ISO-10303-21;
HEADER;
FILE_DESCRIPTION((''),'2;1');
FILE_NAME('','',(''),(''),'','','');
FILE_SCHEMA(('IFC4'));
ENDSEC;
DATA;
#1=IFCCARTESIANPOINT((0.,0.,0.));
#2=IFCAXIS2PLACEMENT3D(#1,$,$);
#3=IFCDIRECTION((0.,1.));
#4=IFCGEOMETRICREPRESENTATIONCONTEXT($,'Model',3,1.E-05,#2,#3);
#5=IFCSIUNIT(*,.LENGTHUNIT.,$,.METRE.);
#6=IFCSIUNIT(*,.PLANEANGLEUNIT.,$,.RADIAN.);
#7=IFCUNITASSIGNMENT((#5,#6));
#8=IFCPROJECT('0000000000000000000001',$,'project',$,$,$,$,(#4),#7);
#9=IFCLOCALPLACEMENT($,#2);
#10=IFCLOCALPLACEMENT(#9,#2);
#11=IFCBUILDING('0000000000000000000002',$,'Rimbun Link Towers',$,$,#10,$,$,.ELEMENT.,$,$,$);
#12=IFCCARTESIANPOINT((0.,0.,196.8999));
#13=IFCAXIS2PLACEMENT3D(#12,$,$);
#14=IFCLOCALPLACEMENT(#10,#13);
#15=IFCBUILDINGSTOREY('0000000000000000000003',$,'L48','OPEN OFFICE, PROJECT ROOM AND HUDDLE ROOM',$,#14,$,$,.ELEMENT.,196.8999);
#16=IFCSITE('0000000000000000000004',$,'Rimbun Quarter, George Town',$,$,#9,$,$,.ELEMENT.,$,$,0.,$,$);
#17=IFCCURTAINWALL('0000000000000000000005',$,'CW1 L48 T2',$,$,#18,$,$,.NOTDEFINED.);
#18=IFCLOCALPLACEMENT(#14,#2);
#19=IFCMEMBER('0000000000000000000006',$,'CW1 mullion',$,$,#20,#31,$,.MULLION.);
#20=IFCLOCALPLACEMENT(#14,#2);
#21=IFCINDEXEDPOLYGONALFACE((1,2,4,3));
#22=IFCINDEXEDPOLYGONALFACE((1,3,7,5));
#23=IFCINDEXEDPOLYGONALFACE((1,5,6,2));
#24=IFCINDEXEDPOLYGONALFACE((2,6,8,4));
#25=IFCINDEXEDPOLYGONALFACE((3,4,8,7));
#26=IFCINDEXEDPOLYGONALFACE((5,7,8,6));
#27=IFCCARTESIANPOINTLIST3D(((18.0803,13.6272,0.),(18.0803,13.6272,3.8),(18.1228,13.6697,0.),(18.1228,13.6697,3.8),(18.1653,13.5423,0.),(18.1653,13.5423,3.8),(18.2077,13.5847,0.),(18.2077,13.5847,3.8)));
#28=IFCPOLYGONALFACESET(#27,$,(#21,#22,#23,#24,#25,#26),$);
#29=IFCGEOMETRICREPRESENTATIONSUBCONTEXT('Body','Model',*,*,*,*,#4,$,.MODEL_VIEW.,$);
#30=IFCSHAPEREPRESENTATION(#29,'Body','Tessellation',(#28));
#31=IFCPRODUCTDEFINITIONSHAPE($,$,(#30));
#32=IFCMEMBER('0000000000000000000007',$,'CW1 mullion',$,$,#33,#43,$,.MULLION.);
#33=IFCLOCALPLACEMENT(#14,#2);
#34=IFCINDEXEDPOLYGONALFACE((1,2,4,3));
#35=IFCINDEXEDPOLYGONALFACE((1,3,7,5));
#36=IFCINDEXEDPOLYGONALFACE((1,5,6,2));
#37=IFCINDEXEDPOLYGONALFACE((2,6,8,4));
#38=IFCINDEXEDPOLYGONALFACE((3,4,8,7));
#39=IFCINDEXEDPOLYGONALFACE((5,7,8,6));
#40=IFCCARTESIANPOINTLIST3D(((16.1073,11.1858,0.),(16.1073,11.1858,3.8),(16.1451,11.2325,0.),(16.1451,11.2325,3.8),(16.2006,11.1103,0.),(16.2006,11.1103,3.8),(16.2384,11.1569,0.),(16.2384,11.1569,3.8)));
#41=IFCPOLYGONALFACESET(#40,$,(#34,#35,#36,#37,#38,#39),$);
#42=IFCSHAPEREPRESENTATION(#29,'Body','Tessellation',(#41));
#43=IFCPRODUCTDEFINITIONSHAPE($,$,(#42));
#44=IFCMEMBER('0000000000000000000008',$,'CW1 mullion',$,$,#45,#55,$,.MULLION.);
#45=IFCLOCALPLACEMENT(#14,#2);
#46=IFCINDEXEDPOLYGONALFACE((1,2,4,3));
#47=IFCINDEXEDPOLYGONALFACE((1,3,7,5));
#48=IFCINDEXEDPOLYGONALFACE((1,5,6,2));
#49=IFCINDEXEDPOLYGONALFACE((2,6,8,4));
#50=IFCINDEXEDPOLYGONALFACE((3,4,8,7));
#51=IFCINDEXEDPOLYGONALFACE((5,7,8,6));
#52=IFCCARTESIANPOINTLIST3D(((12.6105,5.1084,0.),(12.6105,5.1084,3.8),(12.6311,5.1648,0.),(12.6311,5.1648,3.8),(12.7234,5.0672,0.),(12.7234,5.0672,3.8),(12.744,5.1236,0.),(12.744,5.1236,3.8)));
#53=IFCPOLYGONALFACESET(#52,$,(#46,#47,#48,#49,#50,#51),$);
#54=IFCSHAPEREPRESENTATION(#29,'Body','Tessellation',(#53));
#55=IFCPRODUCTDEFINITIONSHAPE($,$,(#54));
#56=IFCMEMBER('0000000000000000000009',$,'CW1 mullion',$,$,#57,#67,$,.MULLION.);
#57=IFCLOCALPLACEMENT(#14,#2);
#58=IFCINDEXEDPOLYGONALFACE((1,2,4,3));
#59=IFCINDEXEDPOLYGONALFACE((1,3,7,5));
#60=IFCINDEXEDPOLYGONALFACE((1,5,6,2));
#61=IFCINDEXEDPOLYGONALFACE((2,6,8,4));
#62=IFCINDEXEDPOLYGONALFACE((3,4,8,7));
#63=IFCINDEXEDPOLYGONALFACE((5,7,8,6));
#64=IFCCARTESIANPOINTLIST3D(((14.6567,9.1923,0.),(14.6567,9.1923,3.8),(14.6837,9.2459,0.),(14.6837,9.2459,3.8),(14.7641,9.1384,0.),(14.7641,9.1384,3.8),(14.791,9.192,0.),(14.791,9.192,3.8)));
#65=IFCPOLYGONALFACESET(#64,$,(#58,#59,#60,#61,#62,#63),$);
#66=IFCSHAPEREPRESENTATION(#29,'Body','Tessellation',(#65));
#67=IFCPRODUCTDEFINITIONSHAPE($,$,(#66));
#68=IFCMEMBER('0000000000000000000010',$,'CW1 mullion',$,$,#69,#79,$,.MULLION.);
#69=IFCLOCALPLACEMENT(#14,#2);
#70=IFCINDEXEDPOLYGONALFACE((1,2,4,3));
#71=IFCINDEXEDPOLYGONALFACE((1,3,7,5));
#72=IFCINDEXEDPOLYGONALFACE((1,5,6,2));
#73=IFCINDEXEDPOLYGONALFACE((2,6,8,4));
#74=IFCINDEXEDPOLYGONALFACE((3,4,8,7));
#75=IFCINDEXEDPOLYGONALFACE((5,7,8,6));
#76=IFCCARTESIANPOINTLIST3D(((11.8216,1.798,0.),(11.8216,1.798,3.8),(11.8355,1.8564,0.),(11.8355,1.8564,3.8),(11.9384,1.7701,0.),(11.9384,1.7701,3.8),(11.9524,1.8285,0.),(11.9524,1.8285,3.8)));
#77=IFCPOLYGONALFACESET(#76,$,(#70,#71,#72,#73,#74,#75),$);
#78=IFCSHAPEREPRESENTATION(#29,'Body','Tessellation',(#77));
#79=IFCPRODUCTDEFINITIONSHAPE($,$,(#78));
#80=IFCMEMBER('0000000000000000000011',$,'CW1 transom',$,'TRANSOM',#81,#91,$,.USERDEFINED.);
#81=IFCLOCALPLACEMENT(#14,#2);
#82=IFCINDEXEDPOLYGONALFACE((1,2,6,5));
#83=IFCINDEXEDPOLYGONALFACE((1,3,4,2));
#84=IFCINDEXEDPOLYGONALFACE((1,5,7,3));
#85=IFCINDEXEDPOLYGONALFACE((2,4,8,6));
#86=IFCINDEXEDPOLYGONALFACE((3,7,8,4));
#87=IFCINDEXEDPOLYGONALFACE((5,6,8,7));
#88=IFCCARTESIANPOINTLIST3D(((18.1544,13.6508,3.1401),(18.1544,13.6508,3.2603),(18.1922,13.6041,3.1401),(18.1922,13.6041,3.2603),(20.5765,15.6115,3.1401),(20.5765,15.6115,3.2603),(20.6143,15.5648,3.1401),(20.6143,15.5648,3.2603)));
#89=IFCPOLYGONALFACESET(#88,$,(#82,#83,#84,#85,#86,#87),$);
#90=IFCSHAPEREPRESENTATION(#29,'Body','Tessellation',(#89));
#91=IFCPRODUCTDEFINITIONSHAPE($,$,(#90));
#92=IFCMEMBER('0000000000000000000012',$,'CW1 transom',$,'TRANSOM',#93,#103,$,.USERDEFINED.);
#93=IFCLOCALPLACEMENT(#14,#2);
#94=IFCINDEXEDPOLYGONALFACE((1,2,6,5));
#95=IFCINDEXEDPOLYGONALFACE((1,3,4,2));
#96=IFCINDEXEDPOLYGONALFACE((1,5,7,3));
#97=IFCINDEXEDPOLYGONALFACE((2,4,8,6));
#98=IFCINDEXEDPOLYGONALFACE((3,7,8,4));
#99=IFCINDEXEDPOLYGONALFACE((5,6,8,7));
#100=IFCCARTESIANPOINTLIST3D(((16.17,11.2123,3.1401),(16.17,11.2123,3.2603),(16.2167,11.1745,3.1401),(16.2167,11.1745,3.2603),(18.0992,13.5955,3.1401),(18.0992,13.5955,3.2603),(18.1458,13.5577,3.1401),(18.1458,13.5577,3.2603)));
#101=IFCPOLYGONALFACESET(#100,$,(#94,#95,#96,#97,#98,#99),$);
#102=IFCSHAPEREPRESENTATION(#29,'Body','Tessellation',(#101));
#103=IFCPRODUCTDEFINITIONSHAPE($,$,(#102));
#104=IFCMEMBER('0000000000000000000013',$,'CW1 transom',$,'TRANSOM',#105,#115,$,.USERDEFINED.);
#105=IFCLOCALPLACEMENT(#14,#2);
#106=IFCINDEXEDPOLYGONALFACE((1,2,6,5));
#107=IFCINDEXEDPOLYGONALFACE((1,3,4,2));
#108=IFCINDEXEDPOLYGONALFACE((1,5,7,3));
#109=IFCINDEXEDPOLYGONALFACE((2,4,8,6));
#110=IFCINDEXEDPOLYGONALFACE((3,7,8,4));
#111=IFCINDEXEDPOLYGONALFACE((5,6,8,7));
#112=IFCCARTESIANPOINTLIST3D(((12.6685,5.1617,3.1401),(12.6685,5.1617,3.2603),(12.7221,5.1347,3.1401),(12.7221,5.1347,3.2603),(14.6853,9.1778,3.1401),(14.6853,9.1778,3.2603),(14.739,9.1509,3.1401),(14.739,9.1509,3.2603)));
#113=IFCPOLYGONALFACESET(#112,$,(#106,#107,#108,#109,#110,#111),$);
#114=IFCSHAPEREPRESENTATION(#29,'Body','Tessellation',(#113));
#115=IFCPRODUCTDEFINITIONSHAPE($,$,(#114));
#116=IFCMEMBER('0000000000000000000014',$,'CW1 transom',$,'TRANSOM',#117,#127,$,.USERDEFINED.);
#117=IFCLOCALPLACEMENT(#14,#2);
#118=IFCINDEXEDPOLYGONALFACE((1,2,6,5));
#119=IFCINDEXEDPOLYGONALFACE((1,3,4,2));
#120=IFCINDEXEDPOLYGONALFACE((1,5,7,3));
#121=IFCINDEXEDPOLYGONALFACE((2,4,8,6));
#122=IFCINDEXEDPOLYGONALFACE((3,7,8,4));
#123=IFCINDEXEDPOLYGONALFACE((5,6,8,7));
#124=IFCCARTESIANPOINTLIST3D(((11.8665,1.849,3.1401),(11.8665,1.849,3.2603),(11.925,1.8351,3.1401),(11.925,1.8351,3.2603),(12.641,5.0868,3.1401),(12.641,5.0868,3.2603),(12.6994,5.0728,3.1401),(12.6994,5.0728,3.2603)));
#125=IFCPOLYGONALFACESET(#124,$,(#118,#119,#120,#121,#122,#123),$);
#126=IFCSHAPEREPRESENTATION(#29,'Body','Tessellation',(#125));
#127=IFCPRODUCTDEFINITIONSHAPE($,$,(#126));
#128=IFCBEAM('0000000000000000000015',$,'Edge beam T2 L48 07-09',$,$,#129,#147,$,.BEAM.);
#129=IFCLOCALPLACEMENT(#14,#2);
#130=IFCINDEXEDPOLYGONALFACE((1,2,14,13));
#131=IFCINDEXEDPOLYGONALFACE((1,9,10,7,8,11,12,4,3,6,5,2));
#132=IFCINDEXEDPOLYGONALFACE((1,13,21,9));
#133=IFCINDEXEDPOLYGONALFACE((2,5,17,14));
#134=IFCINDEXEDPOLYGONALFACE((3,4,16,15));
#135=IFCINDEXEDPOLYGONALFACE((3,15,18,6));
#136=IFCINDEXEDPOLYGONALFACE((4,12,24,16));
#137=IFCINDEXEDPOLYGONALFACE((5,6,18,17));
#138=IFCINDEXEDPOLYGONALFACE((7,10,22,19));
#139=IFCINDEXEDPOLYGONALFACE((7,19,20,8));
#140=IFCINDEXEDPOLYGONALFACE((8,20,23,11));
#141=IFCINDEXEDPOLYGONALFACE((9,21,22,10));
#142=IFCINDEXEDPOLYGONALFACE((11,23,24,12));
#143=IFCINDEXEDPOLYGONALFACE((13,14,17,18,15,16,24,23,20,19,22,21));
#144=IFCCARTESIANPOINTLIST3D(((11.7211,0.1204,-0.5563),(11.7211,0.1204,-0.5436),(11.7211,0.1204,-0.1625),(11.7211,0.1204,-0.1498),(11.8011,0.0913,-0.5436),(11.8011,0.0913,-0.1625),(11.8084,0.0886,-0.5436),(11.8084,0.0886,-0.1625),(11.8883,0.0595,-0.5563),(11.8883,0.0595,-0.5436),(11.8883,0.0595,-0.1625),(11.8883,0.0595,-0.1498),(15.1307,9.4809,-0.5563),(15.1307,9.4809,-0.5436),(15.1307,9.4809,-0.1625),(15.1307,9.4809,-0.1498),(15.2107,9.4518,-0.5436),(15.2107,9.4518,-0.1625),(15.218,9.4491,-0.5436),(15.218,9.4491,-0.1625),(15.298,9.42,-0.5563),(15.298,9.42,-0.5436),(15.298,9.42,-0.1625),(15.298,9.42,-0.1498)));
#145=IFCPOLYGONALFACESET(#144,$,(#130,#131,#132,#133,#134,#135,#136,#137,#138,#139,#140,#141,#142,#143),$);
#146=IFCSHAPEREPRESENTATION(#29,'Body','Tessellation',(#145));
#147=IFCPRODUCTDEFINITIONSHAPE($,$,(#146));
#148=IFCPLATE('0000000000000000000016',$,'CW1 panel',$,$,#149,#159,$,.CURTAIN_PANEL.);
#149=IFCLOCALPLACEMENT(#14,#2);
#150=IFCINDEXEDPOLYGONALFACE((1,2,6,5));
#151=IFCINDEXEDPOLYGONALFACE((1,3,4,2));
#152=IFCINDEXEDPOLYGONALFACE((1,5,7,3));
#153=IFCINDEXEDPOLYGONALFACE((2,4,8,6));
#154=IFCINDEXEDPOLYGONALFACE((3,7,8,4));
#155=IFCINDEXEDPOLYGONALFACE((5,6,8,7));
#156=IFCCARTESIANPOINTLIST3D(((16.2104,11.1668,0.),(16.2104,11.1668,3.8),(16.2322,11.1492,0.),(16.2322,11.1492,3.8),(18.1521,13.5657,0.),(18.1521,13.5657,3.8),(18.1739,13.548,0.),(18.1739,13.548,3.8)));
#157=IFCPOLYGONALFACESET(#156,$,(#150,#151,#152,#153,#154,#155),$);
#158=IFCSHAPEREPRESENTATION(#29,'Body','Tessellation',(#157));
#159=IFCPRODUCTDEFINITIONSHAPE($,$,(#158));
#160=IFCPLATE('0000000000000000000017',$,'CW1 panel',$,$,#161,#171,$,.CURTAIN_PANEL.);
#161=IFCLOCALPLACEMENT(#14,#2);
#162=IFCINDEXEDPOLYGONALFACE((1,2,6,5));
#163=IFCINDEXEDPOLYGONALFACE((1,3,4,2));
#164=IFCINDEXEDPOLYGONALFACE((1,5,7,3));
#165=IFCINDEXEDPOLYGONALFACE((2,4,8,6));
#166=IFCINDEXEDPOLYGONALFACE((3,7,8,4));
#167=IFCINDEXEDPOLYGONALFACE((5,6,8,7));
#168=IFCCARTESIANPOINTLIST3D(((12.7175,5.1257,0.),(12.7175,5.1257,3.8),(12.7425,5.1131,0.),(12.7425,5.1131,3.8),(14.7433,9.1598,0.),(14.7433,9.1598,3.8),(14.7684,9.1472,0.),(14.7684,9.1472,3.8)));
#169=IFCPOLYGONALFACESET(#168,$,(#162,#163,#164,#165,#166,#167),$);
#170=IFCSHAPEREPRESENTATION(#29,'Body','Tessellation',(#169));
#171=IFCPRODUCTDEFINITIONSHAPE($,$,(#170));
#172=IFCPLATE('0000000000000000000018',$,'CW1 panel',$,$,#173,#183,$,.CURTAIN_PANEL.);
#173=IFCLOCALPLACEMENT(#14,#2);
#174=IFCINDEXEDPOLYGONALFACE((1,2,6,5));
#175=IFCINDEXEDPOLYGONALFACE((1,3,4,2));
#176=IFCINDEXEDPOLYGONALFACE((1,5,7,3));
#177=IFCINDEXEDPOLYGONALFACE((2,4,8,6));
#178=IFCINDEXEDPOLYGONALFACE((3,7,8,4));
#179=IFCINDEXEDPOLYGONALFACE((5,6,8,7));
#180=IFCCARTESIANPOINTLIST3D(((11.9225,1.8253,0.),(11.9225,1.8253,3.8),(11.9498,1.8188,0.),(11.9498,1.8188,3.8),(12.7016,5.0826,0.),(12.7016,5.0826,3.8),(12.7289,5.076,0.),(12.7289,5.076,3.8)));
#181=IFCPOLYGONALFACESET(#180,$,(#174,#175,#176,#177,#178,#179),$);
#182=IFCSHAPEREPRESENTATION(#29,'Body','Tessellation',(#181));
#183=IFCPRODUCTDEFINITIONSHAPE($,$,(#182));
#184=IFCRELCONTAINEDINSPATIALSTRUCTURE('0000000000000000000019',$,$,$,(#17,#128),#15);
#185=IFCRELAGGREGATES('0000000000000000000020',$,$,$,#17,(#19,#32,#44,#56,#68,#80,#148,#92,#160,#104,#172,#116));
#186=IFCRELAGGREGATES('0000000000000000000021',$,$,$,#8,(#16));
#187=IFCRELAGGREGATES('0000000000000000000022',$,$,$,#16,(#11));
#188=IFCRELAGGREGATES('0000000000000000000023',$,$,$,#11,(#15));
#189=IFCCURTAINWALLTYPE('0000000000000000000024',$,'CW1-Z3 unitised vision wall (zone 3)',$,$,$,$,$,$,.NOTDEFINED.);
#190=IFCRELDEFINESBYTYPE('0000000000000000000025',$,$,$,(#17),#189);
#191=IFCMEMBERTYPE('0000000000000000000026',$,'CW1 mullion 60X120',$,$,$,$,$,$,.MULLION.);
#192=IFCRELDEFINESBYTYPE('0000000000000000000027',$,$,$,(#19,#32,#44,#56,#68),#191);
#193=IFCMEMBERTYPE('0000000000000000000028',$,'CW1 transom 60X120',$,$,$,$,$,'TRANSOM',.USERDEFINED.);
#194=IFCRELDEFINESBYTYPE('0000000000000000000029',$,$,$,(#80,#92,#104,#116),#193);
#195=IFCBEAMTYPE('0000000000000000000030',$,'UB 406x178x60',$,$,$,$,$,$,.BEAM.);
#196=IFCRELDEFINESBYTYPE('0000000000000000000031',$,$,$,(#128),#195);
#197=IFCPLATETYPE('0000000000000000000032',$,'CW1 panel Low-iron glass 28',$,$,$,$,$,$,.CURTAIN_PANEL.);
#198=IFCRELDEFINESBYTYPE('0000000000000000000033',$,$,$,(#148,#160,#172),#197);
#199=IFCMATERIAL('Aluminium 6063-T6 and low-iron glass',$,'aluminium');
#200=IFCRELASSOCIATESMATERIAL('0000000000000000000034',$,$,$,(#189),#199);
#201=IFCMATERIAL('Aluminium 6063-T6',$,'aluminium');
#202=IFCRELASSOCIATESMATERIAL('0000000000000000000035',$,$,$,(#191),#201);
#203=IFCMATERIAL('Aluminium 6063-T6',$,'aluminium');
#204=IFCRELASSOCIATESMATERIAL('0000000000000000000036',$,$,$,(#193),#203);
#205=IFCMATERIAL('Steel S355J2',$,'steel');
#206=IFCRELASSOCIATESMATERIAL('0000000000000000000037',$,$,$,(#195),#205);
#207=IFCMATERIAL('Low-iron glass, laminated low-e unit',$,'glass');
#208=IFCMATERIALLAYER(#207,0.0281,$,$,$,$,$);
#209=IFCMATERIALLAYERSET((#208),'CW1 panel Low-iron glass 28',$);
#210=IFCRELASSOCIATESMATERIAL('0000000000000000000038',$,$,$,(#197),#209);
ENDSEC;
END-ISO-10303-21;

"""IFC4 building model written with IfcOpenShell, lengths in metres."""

from ifc_helpers import new_model, si_unit, direction, frame, origin, origin_2d, place, context, subcontext, project, spatial, rectangle, i_section, extrude, material, layer, layer_set, material_profile, profile_set, type_object, element, aggregate, save


model = new_model("IFC4")

# Units and contexts
model_context = context("Model", 3, precision=1e-05, world=origin(), true_north=direction((0.0, 1.0)))
body_context = subcontext(model_context, "Body", "Model", "MODEL_VIEW")
ifc_project = project(units=[si_unit("LENGTHUNIT", "METRE"), si_unit("PLANEANGLEUNIT", "RADIAN")], contexts=[model_context])

# Site, building, storey
site_placement = place(None, origin())
site = spatial("IfcSite", under=ifc_project, at=site_placement, Name="Rimbun Quarter, George Town", CompositionType="ELEMENT", RefElevation=0.0)
building_placement = place(site_placement, origin())
building = spatial("IfcBuilding", under=site, at=building_placement, Name="Rimbun Link Towers", CompositionType="ELEMENT")
storey_placement = place(building_placement, frame((0.0, 0.0, 196.8999)))
storey = spatial("IfcBuildingStorey", under=building, at=storey_placement, Name="L48", Description="OPEN OFFICE, PROJECT ROOM AND HUDDLE ROOM", CompositionType="ELEMENT", Elevation=196.8999)

# Curtain wall, members
ifc_material_1 = material(Name="Aluminium 6063-T6 and low-iron glass", Category="aluminium")
curtain_wall_type = type_object("IfcCurtainWallType", Name="CW1-Z3 unitised vision wall (zone 3)", PredefinedType="NOTDEFINED", material=ifc_material_1)
curtain_wall_placement = place(storey_placement, origin())
curtain_wall = element("IfcCurtainWall", 1, at=curtain_wall_placement, inside=storey, type_object=curtain_wall_type, Name="CW1 L48 T2", PredefinedType="NOTDEFINED")
ifc_material_2 = material(Name="Aluminium 6063-T6", Category="aluminium")
ifc_material_profile_1 = material_profile(ifc_material_2, rectangle(XDim=0.1201, YDim=0.0601, at=origin_2d()), Name="MULLION 60X120")
ifc_profile_set_1 = profile_set([ifc_material_profile_1], Name="Aluminium 6063-T6")
member_type_1 = type_object("IfcMemberType", Name="CW1 mullion 60X120", PredefinedType="MULLION", material=ifc_profile_set_1)
member_1_placement = place(storey_placement, frame((18.144, 13.606, 0.0), z_axis=(0.0, 0.0, 1.0), x_axis=(-0.707107, 0.707107, 0.0)))
member_1 = element("IfcMember", 2, at=member_1_placement, type_object=member_type_1, Name="CW1 mullion", PredefinedType="MULLION", context=body_context, shape_type="SweptSolid", body=[
    extrude(rectangle(XDim=0.1201, YDim=0.0601, at=origin_2d()), origin(), (0.0, 0.0, 1.0), 3.8),
])
member_2_placement = place(storey_placement, frame((16.1729, 11.1714, 0.0), z_axis=(0.0, 0.0, 1.0), x_axis=(-0.777279, 0.629156, 0.0)))
member_2 = element("IfcMember", 3, at=member_2_placement, type_object=member_type_1, Name="CW1 mullion", PredefinedType="MULLION", context=body_context, shape_type="SweptSolid", body=[
    extrude(rectangle(XDim=0.1201, YDim=0.0601, at=origin_2d()), origin(), (0.0, 0.0, 1.0), 3.8),
])
member_3_placement = place(storey_placement, frame((12.6772, 5.116, 0.0), z_axis=(0.0, 0.0, 1.0), x_axis=(-0.939346, 0.342972, 0.0)))
member_3 = element("IfcMember", 4, at=member_3_placement, type_object=member_type_1, Name="CW1 mullion", PredefinedType="MULLION", context=body_context, shape_type="SweptSolid", body=[
    extrude(rectangle(XDim=0.1201, YDim=0.0601, at=origin_2d()), origin(), (0.0, 0.0, 1.0), 3.8),
])
member_4_placement = place(storey_placement, frame((14.7239, 9.1921, 0.0), z_axis=(0.0, 0.0, 1.0), x_axis=(-0.893646, 0.448772, 0.0)))
member_4 = element("IfcMember", 5, at=member_4_placement, type_object=member_type_1, Name="CW1 mullion", PredefinedType="MULLION", context=body_context, shape_type="SweptSolid", body=[
    extrude(rectangle(XDim=0.1201, YDim=0.0601, at=origin_2d()), origin(), (0.0, 0.0, 1.0), 3.8),
])
member_5_placement = place(storey_placement, frame((11.887, 1.8132, 0.0), z_axis=(0.0, 0.0, 1.0), x_axis=(-0.972569, 0.232616, 0.0)))
member_5 = element("IfcMember", 6, at=member_5_placement, type_object=member_type_1, Name="CW1 mullion", PredefinedType="MULLION", context=body_context, shape_type="SweptSolid", body=[
    extrude(rectangle(XDim=0.1201, YDim=0.0601, at=origin_2d()), origin(), (0.0, 0.0, 1.0), 3.8),
])
ifc_material_3 = material(Name="Aluminium 6063-T6", Category="aluminium")
ifc_material_profile_2 = material_profile(ifc_material_3, rectangle(XDim=0.0601, YDim=0.1201, at=origin_2d()), Name="TRANSOM 60X120")
ifc_profile_set_2 = profile_set([ifc_material_profile_2], Name="Aluminium 6063-T6")
member_type_2 = type_object("IfcMemberType", Name="CW1 transom 60X120", ElementType="TRANSOM", PredefinedType="USERDEFINED", material=ifc_profile_set_2)
member_6_placement = place(storey_placement, frame((18.1733, 13.6274, 3.2002), z_axis=(0.777256, 0.629185, 0.0), x_axis=(-0.629185, 0.777256, 0.0)))
member_6 = element("IfcMember", 7, at=member_6_placement, type_object=member_type_2, Name="CW1 transom", ObjectType="TRANSOM", PredefinedType="USERDEFINED", context=body_context, shape_type="SweptSolid", body=[
    extrude(rectangle(XDim=0.0601, YDim=0.1201, at=origin_2d()), origin(), (0.0, 0.0, 1.0), 3.1162),
])
member_7_placement = place(storey_placement, frame((16.1934, 11.1934, 3.2002), z_axis=(0.629171, 0.777267, 0.0), x_axis=(-0.777267, 0.629171, 0.0)))
member_7 = element("IfcMember", 8, at=member_7_placement, type_object=member_type_2, Name="CW1 transom", ObjectType="TRANSOM", PredefinedType="USERDEFINED", context=body_context, shape_type="SweptSolid", body=[
    extrude(rectangle(XDim=0.0601, YDim=0.1201, at=origin_2d()), origin(), (0.0, 0.0, 1.0), 3.0662),
])
member_8_placement = place(storey_placement, frame((12.6953, 5.1482, 3.2002), z_axis=(0.448777, 0.893644, 0.0), x_axis=(-0.893644, 0.448777, 0.0)))
member_8 = element("IfcMember", 9, at=member_8_placement, type_object=member_type_2, Name="CW1 transom", ObjectType="TRANSOM", PredefinedType="USERDEFINED", context=body_context, shape_type="SweptSolid", body=[
    extrude(rectangle(XDim=0.0601, YDim=0.1201, at=origin_2d()), origin(), (0.0, 0.0, 1.0), 4.4941),
])
member_9_placement = place(storey_placement, frame((11.8958, 1.842, 3.2002), z_axis=(0.232618, 0.972568, 0.0), x_axis=(-0.972568, 0.232618, 0.0)))
member_9 = element("IfcMember", 10, at=member_9_placement, type_object=member_type_2, Name="CW1 transom", ObjectType="TRANSOM", PredefinedType="USERDEFINED", context=body_context, shape_type="SweptSolid", body=[
    extrude(rectangle(XDim=0.0601, YDim=0.1201, at=origin_2d()), origin(), (0.0, 0.0, 1.0), 3.3291),
])

# Beam
ifc_material_4 = material(Name="Steel S355J2", Category="steel")
ifc_material_profile_3 = material_profile(ifc_material_4, i_section(OverallWidth=0.178, OverallDepth=0.4065, WebThickness=0.0078, FlangeThickness=0.0127, at=origin_2d()), Name="UB 406x178x60")
ifc_profile_set_3 = profile_set([ifc_material_profile_3], Name="Steel S355J2")
beam_type = type_object("IfcBeamType", Name="UB 406x178x60", PredefinedType="BEAM", material=ifc_profile_set_3)
beam_placement = place(storey_placement, frame((15.2144, 9.4504, -0.353), z_axis=(-0.342259, -0.939606, 0.0), x_axis=(0.939606, -0.342259, 0.0)))
element("IfcBeam", 11, at=beam_placement, inside=storey, type_object=beam_type, Name="Edge beam T2 L48 07-09", PredefinedType="BEAM", context=body_context, shape_type="SweptSolid", body=[
    extrude(i_section(OverallWidth=0.178, OverallDepth=0.4065, WebThickness=0.0078, FlangeThickness=0.0127, at=origin_2d()), origin(), (0.0, 0.0, 1.0), 9.9622),
])

# Plates
ifc_material_5 = material(Name="Low-iron glass, laminated low-e unit", Category="glass")
ifc_layer_1 = layer(ifc_material_5, 0.0281)
ifc_layer_set_1 = layer_set([ifc_layer_1], Name="CW1 panel Low-iron glass 28")
plate_type = type_object("IfcPlateType", Name="CW1 panel Low-iron glass 28", PredefinedType="CURTAIN_PANEL", material=ifc_layer_set_1)
plate_1_placement = place(storey_placement, frame((17.1921, 12.3574, 0.0), z_axis=(0.0, 0.0, 1.0), x_axis=(0.629156, 0.777279, 0.0)))
plate_1 = element("IfcPlate", 12, at=plate_1_placement, type_object=plate_type, Name="CW1 panel", PredefinedType="CURTAIN_PANEL", context=body_context, shape_type="SweptSolid", body=[
    extrude(rectangle(XDim=3.0862, YDim=0.0281, at=origin_2d()), origin(), (0.0, 0.0, 1.0), 3.8),
])
plate_2_placement = place(storey_placement, frame((13.7429, 7.1365, 0.0), z_axis=(0.0, 0.0, 1.0), x_axis=(0.448772, 0.893646, 0.0)))
plate_2 = element("IfcPlate", 13, at=plate_2_placement, type_object=plate_type, Name="CW1 panel", PredefinedType="CURTAIN_PANEL", context=body_context, shape_type="SweptSolid", body=[
    extrude(rectangle(XDim=4.5142, YDim=0.0281, at=origin_2d()), origin(), (0.0, 0.0, 1.0), 3.8),
])
plate_3_placement = place(storey_placement, frame((12.3257, 3.4507, 0.0), z_axis=(0.0, 0.0, 1.0), x_axis=(0.232616, 0.972569, 0.0)))
plate_3 = element("IfcPlate", 14, at=plate_3_placement, type_object=plate_type, Name="CW1 panel", PredefinedType="CURTAIN_PANEL", context=body_context, shape_type="SweptSolid", body=[
    extrude(rectangle(XDim=3.3491, YDim=0.0281, at=origin_2d()), origin(), (0.0, 0.0, 1.0), 3.8),
])
aggregate(curtain_wall, [member_1, member_2, member_3, member_4, member_5, member_6, plate_1, member_7, plate_2, member_8, plate_3, member_9])

save(model, "model.ifc")
